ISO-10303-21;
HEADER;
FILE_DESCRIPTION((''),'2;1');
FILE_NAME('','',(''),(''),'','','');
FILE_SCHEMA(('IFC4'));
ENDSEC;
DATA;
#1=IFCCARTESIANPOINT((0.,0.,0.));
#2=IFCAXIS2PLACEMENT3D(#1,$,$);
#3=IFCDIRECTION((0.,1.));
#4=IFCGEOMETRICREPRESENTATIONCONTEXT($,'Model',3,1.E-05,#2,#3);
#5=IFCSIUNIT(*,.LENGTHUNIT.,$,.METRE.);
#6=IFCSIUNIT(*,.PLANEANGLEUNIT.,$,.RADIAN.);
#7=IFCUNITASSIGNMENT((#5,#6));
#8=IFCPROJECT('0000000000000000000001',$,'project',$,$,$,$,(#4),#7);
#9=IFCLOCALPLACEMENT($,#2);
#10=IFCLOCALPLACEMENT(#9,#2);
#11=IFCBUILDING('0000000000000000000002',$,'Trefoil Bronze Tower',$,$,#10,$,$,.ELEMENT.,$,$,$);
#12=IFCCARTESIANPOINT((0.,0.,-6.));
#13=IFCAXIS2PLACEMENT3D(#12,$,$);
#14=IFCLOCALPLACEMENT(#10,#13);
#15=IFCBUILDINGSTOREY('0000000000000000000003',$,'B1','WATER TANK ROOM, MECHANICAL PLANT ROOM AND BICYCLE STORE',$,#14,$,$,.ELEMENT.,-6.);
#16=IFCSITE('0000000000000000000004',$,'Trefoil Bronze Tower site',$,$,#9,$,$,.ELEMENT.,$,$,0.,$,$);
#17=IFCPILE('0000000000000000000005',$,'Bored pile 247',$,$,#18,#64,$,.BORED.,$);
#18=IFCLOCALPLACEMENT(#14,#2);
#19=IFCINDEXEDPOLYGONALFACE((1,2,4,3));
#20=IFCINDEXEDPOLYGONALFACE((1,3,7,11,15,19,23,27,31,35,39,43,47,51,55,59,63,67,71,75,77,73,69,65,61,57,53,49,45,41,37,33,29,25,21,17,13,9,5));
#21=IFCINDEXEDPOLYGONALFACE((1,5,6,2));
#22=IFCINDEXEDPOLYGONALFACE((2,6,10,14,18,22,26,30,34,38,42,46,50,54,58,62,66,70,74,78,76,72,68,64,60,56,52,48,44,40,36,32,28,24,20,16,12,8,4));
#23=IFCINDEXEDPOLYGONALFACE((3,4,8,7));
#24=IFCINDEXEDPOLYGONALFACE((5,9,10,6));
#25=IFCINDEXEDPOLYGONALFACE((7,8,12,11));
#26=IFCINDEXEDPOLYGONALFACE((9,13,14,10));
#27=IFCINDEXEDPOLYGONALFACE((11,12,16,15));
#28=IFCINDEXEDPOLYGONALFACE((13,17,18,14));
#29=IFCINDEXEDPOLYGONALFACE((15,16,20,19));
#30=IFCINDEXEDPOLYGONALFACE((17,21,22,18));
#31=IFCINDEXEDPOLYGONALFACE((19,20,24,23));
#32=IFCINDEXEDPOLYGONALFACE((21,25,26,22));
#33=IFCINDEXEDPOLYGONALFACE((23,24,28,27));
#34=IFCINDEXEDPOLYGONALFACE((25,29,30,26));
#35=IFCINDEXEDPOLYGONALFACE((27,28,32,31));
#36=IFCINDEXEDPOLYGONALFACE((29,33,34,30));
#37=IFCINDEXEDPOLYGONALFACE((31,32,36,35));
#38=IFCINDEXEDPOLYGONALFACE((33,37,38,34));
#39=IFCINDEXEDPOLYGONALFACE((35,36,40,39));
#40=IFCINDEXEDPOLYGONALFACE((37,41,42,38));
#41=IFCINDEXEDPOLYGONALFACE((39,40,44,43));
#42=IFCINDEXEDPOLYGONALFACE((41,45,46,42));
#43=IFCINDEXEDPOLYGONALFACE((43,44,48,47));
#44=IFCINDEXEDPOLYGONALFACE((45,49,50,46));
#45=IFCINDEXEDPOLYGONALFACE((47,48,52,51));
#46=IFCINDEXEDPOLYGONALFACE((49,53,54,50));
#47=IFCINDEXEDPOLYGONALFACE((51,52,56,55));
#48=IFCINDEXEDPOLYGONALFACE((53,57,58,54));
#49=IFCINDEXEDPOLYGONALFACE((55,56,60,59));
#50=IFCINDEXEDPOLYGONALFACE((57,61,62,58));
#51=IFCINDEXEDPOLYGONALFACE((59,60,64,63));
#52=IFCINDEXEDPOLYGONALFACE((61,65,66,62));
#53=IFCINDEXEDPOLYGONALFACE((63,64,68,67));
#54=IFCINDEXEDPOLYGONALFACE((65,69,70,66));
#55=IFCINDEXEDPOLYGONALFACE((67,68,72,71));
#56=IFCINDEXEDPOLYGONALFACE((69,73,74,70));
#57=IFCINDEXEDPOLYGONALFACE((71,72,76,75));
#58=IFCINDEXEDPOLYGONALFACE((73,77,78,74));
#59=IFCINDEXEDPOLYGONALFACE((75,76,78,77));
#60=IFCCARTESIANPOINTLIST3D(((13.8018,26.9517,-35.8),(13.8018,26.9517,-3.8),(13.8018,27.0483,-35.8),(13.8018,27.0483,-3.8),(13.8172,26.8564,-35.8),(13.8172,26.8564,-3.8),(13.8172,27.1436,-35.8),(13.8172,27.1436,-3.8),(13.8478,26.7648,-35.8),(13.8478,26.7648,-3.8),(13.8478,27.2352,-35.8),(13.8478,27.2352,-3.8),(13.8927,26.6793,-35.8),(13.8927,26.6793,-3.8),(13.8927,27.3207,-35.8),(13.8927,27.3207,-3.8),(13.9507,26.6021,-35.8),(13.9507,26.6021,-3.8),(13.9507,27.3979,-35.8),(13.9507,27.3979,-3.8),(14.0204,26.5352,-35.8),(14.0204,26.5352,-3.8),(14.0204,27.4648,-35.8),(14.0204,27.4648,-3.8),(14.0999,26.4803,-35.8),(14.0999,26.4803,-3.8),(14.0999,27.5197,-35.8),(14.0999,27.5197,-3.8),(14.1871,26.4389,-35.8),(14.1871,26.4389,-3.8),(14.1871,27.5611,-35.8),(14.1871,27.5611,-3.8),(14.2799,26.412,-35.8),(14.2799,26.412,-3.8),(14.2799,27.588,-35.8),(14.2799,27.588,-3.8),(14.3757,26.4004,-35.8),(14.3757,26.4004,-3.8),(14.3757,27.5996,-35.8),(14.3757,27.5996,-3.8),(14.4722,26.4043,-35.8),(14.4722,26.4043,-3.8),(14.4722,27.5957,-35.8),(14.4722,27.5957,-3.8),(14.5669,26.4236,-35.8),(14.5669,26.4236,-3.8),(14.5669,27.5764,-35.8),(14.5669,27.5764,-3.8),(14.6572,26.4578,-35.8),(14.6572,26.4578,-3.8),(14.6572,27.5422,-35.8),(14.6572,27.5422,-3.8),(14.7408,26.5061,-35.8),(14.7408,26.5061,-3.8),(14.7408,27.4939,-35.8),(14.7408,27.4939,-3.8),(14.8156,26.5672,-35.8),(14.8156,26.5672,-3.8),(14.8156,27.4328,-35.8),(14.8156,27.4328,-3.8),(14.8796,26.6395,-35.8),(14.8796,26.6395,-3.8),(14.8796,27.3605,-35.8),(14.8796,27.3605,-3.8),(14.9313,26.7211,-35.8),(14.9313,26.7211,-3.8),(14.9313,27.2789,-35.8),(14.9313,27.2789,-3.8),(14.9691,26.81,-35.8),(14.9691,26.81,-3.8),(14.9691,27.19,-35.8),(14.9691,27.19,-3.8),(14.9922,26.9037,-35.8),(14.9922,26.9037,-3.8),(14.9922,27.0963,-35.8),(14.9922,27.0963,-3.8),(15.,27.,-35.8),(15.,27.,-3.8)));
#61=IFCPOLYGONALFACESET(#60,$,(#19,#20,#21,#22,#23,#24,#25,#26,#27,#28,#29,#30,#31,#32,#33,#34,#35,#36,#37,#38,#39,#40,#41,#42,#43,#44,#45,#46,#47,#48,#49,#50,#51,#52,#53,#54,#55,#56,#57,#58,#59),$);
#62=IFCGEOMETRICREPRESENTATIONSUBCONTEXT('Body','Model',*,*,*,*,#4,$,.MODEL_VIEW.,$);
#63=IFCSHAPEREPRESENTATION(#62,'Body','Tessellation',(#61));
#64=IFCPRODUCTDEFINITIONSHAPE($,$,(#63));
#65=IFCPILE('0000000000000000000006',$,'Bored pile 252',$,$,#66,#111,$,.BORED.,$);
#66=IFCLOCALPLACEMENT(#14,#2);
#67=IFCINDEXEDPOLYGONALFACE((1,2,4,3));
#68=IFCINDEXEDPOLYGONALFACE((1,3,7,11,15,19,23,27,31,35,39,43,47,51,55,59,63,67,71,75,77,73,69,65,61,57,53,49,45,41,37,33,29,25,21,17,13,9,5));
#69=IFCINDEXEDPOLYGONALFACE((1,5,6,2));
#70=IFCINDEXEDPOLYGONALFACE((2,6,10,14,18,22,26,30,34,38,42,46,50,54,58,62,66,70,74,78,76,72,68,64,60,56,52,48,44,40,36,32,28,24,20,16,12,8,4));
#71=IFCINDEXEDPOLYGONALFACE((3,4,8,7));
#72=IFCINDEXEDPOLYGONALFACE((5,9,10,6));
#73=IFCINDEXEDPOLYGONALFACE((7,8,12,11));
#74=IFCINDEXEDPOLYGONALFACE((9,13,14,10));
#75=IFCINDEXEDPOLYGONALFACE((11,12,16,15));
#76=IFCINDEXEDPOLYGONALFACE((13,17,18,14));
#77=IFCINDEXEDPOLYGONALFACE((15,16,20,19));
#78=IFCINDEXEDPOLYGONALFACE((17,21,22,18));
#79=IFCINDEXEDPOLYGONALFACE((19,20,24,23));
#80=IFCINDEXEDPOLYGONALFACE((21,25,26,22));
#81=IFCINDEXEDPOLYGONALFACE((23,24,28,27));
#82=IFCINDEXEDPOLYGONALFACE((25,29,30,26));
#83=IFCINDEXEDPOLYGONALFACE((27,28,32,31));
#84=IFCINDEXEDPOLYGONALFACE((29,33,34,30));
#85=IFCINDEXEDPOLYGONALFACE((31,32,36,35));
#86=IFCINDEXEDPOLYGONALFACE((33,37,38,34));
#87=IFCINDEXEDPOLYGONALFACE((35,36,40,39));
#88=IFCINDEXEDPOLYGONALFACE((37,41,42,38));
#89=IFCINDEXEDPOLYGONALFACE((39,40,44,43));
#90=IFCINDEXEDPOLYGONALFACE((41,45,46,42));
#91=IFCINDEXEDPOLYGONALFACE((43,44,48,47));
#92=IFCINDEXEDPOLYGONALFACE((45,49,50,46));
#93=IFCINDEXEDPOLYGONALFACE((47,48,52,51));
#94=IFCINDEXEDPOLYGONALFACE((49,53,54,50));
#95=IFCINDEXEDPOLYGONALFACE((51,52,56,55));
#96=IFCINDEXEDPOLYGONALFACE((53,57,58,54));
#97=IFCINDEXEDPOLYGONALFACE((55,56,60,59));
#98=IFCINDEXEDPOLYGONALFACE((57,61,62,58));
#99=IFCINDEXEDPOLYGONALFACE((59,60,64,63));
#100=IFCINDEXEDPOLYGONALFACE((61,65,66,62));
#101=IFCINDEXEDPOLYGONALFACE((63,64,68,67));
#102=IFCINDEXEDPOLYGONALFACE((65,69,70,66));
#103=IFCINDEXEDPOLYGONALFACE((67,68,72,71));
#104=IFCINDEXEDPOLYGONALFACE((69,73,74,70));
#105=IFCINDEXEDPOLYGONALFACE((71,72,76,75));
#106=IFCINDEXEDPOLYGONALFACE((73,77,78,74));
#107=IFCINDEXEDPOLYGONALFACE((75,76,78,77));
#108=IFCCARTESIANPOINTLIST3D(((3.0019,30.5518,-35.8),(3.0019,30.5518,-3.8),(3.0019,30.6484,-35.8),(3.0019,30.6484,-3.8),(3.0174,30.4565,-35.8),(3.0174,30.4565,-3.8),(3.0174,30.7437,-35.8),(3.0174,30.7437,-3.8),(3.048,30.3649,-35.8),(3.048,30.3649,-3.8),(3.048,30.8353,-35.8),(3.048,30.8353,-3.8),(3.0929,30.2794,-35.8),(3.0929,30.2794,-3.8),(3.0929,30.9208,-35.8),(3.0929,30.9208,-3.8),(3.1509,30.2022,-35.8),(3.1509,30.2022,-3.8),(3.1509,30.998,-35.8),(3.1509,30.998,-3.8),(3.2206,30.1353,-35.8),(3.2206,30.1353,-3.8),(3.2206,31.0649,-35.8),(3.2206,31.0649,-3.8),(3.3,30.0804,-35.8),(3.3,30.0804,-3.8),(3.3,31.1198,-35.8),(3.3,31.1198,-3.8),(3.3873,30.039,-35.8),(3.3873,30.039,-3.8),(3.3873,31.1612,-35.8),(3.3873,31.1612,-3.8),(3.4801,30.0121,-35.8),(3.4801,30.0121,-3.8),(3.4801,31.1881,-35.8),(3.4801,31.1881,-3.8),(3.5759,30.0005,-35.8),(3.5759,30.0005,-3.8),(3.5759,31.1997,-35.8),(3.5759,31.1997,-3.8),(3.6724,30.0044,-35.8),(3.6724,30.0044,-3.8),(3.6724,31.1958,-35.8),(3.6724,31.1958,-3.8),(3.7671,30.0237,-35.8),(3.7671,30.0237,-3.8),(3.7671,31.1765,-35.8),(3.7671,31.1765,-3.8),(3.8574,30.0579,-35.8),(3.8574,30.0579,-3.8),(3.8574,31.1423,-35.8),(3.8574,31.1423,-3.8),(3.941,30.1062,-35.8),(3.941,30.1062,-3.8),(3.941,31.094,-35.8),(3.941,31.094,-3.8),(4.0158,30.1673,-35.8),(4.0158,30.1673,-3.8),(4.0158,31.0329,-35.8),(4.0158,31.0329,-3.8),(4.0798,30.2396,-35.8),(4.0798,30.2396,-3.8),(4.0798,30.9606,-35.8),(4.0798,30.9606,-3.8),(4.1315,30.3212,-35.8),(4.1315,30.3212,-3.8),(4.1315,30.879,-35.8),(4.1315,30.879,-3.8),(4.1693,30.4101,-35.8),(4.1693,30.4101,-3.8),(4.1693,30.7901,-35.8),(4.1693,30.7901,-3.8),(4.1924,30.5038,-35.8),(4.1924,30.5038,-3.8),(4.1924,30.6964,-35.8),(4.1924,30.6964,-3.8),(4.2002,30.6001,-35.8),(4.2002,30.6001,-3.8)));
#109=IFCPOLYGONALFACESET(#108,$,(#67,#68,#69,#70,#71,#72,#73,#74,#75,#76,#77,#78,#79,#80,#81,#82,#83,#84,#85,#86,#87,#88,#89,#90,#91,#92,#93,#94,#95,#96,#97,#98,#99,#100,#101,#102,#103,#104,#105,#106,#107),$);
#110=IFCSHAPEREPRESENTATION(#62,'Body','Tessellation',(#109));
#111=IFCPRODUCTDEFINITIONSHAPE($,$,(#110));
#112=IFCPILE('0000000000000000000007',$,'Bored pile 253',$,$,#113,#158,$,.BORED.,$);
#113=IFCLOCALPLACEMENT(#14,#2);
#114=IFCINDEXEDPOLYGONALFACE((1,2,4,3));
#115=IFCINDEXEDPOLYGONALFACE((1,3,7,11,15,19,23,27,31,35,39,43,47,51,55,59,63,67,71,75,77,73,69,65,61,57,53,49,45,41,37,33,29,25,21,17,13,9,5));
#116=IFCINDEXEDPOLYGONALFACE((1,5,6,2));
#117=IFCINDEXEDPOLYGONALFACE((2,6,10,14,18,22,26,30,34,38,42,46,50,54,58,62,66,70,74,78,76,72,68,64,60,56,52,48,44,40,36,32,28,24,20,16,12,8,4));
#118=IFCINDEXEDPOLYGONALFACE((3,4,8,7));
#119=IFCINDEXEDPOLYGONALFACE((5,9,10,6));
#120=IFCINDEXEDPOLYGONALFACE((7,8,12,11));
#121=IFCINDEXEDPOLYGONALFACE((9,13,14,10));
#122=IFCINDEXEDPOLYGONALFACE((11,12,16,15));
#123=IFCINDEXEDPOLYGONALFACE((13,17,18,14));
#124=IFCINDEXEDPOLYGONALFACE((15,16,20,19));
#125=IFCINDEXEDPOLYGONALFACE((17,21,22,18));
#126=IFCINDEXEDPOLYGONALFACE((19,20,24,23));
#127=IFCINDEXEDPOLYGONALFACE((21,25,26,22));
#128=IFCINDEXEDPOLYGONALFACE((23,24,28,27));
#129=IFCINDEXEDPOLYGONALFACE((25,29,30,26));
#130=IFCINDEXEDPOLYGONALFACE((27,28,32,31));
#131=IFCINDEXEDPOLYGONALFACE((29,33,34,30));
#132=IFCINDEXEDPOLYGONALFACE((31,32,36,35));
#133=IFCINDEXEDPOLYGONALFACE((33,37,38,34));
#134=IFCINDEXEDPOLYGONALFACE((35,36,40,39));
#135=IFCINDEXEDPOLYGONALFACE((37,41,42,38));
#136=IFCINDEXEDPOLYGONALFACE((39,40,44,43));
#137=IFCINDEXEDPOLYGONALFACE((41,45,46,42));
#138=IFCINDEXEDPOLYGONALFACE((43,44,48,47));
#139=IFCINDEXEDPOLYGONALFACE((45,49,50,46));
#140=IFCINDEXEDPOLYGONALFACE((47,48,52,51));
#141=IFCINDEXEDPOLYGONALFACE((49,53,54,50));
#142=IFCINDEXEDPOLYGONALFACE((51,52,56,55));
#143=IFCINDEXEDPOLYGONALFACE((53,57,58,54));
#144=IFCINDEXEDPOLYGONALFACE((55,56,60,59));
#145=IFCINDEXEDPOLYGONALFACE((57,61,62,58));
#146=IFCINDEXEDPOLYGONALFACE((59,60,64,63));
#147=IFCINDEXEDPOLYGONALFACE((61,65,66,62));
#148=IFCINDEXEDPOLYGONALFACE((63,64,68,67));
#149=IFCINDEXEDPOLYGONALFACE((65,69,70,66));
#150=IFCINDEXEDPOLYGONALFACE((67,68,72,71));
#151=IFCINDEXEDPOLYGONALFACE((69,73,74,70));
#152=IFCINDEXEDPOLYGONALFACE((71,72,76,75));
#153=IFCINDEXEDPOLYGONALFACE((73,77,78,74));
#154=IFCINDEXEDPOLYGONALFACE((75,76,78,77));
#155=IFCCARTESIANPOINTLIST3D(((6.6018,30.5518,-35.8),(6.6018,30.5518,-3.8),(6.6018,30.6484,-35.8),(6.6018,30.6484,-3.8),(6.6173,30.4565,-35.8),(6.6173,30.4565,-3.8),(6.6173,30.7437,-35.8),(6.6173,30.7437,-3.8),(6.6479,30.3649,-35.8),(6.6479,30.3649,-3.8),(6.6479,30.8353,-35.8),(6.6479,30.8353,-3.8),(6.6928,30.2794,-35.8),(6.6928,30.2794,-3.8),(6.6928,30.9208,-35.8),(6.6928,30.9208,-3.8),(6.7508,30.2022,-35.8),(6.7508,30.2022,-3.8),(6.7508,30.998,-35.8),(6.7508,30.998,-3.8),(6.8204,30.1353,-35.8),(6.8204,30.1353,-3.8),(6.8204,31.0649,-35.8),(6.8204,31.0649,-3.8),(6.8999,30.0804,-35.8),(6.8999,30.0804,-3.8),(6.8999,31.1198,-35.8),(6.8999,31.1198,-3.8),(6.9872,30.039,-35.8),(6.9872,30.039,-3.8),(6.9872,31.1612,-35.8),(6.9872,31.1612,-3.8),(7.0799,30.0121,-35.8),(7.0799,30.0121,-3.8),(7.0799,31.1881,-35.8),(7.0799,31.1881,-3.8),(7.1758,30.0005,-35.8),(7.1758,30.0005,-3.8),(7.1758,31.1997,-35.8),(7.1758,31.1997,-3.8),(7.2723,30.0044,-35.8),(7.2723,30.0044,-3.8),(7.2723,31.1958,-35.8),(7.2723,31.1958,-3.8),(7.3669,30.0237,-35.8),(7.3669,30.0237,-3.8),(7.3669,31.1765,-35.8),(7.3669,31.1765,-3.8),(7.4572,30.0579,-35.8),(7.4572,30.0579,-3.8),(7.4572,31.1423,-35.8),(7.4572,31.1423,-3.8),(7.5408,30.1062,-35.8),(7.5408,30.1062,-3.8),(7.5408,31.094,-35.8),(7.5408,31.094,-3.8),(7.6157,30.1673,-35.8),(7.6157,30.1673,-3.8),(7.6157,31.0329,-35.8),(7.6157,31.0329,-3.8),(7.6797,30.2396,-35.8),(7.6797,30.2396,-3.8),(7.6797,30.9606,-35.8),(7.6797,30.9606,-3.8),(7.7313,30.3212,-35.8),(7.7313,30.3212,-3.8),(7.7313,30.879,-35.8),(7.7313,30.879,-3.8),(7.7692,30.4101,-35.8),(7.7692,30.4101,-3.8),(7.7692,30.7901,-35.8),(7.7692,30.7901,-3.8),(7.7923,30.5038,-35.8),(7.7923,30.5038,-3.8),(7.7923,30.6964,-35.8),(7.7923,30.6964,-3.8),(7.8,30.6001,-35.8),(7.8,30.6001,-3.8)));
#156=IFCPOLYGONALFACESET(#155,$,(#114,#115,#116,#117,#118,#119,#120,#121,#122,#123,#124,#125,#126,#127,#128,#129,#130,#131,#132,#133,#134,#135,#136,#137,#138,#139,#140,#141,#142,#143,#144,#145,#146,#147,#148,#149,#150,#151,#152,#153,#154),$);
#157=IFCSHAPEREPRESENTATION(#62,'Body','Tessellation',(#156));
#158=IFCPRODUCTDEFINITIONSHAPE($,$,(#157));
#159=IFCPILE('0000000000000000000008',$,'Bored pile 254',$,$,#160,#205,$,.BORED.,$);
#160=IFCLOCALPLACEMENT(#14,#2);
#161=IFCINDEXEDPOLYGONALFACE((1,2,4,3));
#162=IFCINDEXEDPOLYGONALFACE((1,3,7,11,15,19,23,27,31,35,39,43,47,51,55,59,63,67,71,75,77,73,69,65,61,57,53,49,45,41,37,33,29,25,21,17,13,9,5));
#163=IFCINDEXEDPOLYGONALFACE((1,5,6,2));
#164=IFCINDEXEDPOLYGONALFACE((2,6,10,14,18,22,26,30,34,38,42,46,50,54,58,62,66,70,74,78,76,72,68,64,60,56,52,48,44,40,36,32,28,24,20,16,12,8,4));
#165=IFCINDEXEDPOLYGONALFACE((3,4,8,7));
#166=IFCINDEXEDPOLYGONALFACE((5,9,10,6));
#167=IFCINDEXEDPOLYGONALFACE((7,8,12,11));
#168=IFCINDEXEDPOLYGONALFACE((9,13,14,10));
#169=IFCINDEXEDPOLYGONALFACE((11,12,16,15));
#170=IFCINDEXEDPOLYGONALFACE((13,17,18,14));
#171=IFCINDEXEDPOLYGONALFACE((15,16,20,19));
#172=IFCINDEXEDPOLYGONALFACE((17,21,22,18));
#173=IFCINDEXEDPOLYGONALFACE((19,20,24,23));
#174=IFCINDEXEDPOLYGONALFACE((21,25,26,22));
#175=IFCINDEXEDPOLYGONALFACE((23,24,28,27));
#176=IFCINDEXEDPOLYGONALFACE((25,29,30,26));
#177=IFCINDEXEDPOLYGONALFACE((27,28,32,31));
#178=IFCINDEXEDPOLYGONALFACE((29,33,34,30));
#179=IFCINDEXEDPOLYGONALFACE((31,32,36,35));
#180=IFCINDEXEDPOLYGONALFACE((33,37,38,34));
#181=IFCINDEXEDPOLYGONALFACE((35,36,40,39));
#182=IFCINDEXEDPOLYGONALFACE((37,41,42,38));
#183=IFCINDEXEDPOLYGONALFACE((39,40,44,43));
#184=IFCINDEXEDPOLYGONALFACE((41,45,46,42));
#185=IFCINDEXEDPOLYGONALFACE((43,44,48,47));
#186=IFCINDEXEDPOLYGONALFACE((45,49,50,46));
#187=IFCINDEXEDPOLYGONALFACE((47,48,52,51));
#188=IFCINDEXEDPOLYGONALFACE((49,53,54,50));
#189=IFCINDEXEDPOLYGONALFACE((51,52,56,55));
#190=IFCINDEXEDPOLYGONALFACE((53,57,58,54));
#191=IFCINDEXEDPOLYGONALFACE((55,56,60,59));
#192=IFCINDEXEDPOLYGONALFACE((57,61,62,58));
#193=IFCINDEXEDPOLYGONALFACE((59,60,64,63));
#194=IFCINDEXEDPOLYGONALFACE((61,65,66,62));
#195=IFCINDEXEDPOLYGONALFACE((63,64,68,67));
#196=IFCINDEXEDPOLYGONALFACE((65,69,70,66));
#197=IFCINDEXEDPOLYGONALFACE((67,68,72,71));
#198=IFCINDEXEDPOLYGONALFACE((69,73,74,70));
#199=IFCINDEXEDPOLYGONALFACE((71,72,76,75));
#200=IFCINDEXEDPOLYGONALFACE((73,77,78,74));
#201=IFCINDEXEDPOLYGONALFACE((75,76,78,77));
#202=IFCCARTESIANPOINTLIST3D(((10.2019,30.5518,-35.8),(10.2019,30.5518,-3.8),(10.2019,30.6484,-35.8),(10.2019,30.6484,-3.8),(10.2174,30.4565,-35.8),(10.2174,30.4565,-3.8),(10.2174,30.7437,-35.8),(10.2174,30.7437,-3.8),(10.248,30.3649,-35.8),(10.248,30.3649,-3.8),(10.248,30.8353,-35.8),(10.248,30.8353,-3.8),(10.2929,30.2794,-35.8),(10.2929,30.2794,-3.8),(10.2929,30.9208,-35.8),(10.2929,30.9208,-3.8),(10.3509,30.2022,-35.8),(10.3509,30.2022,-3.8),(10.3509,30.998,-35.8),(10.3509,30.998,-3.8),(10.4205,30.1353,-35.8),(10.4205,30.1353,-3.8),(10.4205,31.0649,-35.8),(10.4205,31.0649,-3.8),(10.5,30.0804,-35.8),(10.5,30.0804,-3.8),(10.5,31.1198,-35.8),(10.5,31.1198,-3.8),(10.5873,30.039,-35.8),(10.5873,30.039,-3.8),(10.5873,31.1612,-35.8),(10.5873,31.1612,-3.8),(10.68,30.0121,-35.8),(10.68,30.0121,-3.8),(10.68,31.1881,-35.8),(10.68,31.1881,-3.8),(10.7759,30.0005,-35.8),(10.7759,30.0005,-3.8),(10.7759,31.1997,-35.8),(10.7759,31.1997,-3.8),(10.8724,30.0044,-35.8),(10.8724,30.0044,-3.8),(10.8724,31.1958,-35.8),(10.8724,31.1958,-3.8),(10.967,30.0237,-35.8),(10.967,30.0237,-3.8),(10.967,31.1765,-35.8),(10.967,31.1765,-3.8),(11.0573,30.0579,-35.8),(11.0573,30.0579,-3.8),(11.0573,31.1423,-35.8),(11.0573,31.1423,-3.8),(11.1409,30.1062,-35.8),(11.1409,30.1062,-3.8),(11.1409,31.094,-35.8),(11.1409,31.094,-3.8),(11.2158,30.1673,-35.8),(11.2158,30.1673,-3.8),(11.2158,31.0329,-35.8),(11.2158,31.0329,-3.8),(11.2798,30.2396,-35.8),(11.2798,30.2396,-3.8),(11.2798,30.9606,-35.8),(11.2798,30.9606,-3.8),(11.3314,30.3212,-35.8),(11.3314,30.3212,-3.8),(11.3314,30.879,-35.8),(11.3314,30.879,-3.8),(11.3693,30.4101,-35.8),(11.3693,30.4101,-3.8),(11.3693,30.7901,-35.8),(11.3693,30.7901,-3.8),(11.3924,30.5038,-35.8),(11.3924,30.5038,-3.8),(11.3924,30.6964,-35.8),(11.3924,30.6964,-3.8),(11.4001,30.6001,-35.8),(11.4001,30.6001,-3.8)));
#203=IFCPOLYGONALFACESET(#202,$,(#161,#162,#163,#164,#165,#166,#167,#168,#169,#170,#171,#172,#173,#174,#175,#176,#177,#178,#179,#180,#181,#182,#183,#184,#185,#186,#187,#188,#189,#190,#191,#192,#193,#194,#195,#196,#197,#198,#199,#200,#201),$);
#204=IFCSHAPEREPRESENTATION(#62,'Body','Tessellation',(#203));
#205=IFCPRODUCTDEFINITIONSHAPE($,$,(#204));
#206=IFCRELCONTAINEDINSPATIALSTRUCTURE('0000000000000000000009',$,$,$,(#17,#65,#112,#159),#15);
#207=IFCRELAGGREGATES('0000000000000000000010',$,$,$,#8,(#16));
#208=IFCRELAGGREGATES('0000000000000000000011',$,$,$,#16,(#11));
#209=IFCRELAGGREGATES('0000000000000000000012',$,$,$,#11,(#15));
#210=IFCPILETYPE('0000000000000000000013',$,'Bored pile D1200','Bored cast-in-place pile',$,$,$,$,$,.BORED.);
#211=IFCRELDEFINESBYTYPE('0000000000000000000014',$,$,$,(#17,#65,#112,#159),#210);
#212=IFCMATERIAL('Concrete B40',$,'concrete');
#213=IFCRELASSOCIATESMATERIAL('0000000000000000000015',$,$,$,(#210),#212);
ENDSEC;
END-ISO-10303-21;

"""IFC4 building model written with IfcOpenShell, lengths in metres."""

from ifc_helpers import new_model, si_unit, direction, frame, origin, origin_2d, place, context, subcontext, project, spatial, circle, extrude, material, type_object, element, save


model = new_model("IFC4")

# Units and contexts
model_context = context("Model", 3, precision=1e-05, world=origin(), true_north=direction((0.0, 1.0)))
body_context = subcontext(model_context, "Body", "Model", "MODEL_VIEW")
ifc_project = project(units=[si_unit("LENGTHUNIT", "METRE"), si_unit("PLANEANGLEUNIT", "RADIAN")], contexts=[model_context])

# Site, building, storey
site_placement = place(None, origin())
site = spatial("IfcSite", under=ifc_project, at=site_placement, Name="Trefoil Bronze Tower site", CompositionType="ELEMENT", RefElevation=0.0)
building_placement = place(site_placement, origin())
building = spatial("IfcBuilding", under=site, at=building_placement, Name="Trefoil Bronze Tower", CompositionType="ELEMENT")
storey_placement = place(building_placement, frame((0.0, 0.0, -6.0)))
storey = spatial("IfcBuildingStorey", under=building, at=storey_placement, Name="B1", Description="WATER TANK ROOM, MECHANICAL PLANT ROOM AND BICYCLE STORE", CompositionType="ELEMENT", Elevation=-6.0)

# Piles
ifc_material_1 = material(Name="Concrete B40", Category="concrete")
pile_type = type_object("IfcPileType", Name="Bored pile D1200", Description="Bored cast-in-place pile", PredefinedType="BORED", material=ifc_material_1)
for number, where, z_axis, x_axis, name in (
    (1, (14.3999, 27.0, -3.8), (0.0, 0.0, -1.0), (1.0, 0.0, 0.0), "Bored pile 247"),
    (2, (3.6001, 30.6001, -3.8), (0.0, 0.0, -1.0), (1.0, 0.0, 0.0), "Bored pile 252"),
    (3, (7.2, 30.6001, -3.8), (0.0, 0.0, -1.0), (1.0, 0.0, 0.0), "Bored pile 253"),
    (4, (10.8, 30.6001, -3.8), (0.0, 0.0, -1.0), (1.0, 0.0, 0.0), "Bored pile 254"),
):
    element("IfcPile", number, at=place(storey_placement, frame(where, z_axis=z_axis, x_axis=x_axis)), inside=storey, type_object=pile_type, Name=name, PredefinedType="BORED", context=body_context, shape_type="SweptSolid", body=[
        extrude(circle(Radius=0.6001, at=origin_2d()), origin(), (0.0, 0.0, 1.0), 32.0),
    ])

save(model, "model.ifc")
